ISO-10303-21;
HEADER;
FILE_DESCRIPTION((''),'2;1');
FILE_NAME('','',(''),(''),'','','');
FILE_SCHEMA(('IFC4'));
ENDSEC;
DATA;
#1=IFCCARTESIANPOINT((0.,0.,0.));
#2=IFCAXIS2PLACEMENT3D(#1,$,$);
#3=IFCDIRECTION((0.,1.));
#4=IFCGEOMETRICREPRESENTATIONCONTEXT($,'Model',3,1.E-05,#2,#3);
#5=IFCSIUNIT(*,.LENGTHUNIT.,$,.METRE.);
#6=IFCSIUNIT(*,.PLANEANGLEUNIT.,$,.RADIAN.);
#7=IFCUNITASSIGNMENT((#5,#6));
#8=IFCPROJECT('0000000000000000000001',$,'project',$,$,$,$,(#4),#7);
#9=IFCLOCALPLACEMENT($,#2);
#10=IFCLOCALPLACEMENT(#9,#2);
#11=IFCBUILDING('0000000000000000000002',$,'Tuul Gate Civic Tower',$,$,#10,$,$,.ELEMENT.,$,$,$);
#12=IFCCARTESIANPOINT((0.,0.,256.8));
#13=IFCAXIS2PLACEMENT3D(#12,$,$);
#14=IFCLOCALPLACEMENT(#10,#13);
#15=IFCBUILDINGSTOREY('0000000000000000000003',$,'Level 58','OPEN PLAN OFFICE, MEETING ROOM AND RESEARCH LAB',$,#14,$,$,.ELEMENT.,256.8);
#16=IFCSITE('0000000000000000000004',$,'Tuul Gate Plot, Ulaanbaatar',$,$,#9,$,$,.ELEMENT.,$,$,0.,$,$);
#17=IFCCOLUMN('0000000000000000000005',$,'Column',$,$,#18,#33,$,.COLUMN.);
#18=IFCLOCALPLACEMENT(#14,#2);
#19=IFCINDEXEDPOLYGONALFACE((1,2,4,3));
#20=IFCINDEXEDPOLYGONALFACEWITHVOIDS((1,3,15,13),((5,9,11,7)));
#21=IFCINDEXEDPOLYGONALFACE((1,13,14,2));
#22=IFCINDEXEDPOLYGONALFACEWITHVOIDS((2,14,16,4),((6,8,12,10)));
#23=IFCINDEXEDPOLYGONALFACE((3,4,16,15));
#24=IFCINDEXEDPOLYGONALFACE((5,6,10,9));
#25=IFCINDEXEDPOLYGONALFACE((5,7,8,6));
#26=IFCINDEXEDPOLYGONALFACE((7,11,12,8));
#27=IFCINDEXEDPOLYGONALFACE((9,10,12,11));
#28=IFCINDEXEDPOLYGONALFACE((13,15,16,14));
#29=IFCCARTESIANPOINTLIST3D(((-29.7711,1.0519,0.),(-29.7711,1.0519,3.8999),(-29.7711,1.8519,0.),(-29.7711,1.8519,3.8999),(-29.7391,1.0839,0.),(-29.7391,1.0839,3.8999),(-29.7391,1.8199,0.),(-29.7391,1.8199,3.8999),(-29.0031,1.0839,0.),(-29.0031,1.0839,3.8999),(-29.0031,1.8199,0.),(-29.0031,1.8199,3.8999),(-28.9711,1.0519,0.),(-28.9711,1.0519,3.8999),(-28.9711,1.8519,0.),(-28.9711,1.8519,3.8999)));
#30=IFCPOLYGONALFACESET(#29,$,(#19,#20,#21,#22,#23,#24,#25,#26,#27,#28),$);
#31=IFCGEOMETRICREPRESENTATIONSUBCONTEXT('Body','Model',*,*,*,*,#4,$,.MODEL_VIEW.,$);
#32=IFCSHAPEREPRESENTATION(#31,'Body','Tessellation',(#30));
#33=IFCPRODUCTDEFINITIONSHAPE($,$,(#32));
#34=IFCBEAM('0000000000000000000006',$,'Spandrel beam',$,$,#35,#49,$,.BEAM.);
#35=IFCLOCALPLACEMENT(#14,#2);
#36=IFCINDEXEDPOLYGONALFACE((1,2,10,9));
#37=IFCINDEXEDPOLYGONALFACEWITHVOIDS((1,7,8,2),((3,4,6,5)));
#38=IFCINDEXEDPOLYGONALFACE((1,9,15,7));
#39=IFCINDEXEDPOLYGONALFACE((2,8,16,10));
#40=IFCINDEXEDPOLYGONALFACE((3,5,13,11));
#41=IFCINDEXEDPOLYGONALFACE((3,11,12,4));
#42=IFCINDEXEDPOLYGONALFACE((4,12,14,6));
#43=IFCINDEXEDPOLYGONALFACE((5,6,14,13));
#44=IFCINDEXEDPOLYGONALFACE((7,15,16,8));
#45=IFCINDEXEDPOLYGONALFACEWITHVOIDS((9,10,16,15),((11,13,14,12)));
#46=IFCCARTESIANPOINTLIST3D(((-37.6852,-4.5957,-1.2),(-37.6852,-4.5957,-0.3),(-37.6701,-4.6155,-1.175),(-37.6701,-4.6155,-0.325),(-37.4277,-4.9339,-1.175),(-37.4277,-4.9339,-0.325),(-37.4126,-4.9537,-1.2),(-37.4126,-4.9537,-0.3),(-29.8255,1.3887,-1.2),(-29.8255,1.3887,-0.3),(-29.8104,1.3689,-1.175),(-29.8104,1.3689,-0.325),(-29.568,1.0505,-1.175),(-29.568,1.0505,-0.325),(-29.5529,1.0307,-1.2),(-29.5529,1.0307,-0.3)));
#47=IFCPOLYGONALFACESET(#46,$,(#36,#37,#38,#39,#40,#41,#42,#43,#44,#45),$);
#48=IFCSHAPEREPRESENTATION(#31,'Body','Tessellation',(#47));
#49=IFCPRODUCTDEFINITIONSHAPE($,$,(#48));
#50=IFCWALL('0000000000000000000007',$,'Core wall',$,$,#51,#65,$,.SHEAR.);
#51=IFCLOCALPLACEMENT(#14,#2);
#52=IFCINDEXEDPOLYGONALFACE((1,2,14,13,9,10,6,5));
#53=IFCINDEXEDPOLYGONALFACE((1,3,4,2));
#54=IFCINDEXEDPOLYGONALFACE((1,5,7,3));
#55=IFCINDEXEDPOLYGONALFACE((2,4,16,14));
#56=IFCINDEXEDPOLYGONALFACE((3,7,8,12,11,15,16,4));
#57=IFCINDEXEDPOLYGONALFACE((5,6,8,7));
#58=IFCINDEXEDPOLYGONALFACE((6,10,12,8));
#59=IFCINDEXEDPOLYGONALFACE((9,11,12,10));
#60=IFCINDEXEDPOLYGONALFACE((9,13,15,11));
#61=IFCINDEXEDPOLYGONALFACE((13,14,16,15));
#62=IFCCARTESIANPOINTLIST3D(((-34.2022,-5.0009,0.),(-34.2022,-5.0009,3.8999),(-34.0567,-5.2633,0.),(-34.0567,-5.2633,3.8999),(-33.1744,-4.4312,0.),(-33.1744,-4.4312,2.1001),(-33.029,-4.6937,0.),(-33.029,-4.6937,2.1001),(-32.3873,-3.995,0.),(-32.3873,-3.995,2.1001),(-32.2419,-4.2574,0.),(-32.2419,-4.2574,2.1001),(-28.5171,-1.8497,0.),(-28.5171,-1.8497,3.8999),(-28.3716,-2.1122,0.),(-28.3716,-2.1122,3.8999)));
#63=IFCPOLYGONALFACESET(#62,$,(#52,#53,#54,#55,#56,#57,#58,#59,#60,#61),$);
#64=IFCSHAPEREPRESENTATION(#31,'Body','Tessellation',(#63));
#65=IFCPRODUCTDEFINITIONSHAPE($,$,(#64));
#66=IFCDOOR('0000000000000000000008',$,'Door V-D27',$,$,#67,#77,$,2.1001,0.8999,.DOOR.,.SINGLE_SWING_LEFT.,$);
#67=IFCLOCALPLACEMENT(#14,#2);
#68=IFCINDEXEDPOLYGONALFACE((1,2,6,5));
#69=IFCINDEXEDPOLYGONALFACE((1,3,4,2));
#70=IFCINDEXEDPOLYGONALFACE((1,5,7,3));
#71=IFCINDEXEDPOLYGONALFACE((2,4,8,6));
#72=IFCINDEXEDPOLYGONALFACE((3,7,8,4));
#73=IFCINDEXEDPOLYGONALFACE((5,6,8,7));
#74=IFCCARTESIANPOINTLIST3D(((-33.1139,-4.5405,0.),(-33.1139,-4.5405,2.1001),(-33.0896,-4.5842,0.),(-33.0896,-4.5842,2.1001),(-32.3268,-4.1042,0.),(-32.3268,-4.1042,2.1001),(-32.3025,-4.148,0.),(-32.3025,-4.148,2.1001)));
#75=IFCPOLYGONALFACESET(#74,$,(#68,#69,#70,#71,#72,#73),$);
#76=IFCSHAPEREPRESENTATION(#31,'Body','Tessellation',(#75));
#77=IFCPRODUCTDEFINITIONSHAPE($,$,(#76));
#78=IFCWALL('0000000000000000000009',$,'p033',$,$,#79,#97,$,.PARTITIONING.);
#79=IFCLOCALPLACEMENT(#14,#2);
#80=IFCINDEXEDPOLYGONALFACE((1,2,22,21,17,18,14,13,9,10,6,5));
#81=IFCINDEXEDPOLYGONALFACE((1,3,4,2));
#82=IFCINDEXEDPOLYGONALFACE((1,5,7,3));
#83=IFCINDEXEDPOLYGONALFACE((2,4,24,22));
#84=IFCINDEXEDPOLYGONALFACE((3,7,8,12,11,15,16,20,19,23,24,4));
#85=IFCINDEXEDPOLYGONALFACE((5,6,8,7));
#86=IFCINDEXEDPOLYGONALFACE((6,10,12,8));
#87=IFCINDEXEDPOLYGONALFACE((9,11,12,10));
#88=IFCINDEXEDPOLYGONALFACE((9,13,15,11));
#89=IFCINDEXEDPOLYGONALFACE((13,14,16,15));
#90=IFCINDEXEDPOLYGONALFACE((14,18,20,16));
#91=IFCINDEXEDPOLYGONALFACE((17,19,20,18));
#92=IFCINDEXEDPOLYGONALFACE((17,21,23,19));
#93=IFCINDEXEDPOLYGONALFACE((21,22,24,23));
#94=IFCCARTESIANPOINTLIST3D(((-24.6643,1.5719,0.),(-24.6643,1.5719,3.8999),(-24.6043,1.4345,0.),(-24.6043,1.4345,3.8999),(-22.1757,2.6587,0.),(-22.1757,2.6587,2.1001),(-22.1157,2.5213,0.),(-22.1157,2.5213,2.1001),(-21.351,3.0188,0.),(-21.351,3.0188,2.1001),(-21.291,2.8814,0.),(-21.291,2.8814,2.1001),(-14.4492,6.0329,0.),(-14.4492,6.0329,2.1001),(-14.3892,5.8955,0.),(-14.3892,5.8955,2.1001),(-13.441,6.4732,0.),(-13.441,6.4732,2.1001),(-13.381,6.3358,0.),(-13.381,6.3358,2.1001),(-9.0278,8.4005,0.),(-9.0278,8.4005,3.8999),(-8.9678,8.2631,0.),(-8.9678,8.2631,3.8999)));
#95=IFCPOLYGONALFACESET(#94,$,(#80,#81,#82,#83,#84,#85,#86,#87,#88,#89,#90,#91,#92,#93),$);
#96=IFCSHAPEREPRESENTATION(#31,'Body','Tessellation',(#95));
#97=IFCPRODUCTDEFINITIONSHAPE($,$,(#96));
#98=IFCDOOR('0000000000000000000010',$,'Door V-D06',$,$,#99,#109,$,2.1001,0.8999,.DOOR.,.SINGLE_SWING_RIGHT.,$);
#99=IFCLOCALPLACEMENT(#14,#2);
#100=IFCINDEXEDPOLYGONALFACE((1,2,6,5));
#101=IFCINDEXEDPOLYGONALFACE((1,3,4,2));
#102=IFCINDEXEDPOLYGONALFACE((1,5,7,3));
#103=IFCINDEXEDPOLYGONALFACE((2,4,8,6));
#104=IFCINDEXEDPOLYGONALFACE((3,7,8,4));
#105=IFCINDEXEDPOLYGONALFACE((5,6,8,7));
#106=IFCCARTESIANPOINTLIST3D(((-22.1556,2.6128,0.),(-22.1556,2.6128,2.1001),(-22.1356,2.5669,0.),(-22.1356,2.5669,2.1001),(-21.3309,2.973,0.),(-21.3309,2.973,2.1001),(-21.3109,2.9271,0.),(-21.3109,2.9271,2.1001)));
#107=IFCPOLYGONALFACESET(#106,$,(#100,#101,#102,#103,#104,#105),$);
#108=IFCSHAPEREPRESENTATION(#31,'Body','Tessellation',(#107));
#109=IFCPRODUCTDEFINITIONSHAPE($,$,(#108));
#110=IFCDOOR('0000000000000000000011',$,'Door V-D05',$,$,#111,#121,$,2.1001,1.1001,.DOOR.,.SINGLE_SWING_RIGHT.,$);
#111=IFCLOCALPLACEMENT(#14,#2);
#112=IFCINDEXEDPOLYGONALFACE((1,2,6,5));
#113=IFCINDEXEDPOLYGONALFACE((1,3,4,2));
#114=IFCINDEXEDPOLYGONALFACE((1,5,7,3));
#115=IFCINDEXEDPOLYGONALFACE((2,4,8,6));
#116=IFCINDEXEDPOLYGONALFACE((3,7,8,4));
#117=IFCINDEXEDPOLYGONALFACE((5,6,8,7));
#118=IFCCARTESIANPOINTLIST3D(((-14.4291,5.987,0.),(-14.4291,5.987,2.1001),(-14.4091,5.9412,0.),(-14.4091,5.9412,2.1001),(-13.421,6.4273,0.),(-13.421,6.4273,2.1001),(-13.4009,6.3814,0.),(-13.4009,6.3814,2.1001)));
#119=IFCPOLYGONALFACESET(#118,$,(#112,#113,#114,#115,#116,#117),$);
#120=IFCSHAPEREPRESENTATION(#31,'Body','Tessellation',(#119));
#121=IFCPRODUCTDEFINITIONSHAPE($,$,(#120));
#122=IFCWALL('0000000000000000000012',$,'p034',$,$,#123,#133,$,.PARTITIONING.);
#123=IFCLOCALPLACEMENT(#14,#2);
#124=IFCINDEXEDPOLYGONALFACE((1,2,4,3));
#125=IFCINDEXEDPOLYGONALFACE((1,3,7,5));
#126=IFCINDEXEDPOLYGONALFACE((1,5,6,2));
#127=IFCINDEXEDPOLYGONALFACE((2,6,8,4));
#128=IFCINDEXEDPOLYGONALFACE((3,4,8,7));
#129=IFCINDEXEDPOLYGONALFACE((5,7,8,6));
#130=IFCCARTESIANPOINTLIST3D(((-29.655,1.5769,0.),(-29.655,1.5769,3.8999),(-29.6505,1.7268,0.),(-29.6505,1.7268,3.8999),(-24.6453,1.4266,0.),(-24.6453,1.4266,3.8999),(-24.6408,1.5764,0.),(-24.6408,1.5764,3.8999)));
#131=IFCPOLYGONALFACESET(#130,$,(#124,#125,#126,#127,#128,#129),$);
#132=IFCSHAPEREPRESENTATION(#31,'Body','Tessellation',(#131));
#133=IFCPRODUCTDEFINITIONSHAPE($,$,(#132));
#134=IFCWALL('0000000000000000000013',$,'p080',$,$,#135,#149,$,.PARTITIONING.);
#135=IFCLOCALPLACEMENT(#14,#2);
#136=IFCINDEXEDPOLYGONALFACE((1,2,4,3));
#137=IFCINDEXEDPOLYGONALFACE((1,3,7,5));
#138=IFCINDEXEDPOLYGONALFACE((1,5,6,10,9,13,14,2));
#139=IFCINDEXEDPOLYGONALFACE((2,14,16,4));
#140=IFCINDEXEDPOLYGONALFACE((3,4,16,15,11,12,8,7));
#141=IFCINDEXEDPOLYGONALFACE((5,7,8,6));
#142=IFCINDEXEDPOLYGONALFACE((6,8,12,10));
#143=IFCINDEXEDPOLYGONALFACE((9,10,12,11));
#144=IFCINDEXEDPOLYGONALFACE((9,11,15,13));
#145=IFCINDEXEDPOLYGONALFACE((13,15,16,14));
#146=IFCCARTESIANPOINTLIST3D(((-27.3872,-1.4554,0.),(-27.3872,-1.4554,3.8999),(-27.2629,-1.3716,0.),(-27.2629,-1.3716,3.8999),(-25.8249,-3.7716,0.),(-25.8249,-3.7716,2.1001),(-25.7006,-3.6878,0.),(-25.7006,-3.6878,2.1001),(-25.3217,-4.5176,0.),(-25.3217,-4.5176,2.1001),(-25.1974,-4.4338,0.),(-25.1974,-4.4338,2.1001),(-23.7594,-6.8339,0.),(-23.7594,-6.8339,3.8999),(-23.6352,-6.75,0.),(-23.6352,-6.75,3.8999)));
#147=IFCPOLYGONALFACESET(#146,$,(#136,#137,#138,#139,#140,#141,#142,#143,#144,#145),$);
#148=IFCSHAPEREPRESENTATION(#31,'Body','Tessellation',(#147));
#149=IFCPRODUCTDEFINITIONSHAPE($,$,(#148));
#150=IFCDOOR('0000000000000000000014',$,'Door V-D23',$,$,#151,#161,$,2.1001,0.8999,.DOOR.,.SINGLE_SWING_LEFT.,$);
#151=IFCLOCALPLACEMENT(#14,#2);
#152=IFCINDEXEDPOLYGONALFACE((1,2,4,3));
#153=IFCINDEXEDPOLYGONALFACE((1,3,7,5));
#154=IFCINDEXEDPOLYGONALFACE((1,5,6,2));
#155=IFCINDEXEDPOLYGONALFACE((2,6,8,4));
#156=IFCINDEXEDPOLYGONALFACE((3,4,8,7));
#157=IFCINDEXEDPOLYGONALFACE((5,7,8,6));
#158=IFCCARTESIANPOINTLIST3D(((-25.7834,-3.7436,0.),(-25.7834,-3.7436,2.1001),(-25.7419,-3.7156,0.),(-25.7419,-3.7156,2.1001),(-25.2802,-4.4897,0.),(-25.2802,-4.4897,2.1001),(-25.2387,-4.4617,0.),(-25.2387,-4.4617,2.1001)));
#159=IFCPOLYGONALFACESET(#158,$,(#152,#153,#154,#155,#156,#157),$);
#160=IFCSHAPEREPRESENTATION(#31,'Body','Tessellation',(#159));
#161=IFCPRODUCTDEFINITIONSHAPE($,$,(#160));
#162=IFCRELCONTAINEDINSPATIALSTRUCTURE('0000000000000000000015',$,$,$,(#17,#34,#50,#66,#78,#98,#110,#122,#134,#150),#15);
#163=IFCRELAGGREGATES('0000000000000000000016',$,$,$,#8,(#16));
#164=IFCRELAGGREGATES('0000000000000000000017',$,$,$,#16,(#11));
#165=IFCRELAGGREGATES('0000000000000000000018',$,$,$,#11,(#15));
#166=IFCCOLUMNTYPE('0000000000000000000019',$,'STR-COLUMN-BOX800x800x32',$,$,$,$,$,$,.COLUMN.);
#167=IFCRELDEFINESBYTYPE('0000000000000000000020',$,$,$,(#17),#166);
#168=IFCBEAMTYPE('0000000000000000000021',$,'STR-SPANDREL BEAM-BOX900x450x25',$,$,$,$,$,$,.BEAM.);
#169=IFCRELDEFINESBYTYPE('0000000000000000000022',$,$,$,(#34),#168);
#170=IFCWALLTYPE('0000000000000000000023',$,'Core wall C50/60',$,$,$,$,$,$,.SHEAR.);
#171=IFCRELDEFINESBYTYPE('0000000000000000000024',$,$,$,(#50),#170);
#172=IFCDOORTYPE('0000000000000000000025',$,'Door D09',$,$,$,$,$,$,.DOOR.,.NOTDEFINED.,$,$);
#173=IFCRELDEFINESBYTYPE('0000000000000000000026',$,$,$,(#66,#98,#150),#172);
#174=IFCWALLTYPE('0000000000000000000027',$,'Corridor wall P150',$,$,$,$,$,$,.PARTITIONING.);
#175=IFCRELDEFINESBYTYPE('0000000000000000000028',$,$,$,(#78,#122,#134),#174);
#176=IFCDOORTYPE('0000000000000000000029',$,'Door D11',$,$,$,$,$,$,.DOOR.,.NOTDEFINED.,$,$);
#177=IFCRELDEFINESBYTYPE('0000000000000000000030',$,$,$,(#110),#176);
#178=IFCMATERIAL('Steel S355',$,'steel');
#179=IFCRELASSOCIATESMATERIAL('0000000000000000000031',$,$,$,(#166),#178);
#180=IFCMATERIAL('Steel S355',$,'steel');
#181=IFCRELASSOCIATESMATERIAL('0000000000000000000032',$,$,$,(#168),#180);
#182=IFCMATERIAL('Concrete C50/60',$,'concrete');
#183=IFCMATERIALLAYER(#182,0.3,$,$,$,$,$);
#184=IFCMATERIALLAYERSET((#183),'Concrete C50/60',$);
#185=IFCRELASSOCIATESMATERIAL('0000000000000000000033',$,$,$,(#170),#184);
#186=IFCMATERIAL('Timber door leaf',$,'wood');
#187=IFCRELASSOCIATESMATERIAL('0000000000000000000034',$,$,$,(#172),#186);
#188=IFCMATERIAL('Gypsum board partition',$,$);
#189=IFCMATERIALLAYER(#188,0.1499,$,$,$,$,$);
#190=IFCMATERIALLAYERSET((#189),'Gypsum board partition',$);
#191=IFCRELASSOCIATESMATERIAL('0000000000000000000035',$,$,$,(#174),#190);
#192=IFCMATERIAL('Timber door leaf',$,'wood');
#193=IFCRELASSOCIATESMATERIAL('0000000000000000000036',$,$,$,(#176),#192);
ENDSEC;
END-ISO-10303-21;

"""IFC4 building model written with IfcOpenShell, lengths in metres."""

from ifc_helpers import new_model, si_unit, direction, frame, frame_2d, origin, origin_2d, place, context, subcontext, project, spatial, rectangle, hollow_rectangle, extrude, material, layer, layer_set, material_profile, profile_set, type_object, element, fill, save


model = new_model("IFC4")

# Units and contexts
model_context = context("Model", 3, precision=1e-05, world=origin(), true_north=direction((0.0, 1.0)))
body_context = subcontext(model_context, "Body", "Model", "MODEL_VIEW")
ifc_project = project(units=[si_unit("LENGTHUNIT", "METRE"), si_unit("PLANEANGLEUNIT", "RADIAN")], contexts=[model_context])

# Site, building, storey
site_placement = place(None, origin())
site = spatial("IfcSite", under=ifc_project, at=site_placement, Name="Tuul Gate Plot, Ulaanbaatar", CompositionType="ELEMENT", RefElevation=0.0)
building_placement = place(site_placement, origin())
building = spatial("IfcBuilding", under=site, at=building_placement, Name="Tuul Gate Civic Tower", CompositionType="ELEMENT")
storey_placement = place(building_placement, frame((0.0, 0.0, 256.8)))
storey = spatial("IfcBuildingStorey", under=building, at=storey_placement, Name="Level 58", Description="OPEN PLAN OFFICE, MEETING ROOM AND RESEARCH LAB", CompositionType="ELEMENT", Elevation=256.8)

# Column
ifc_material_1 = material(Name="Steel S355", Category="steel")
ifc_material_profile_1 = material_profile(ifc_material_1, hollow_rectangle(XDim=0.8, YDim=0.8, WallThickness=0.032, at=origin_2d()), Name="BOX800x800x32")
ifc_profile_set_1 = profile_set([ifc_material_profile_1], Name="Steel S355")
column_type = type_object("IfcColumnType", Name="STR-COLUMN-BOX800x800x32", PredefinedType="COLUMN", material=ifc_profile_set_1)
column_placement = place(storey_placement, frame((-29.3711, 1.4519, 0.0), z_axis=(0.0, 0.0, 1.0), x_axis=(1.0, 0.0, 0.0)))
element("IfcColumn", 1, at=column_placement, inside=storey, type_object=column_type, Name="Column", PredefinedType="COLUMN", context=body_context, shape_type="SweptSolid", body=[
    extrude(hollow_rectangle(XDim=0.8, YDim=0.8, WallThickness=0.032, at=origin_2d()), origin(), (0.0, 0.0, 1.0), 3.8999),
])

# Beam
ifc_material_2 = material(Name="Steel S355", Category="steel")
ifc_material_profile_2 = material_profile(ifc_material_2, hollow_rectangle(XDim=0.45, YDim=0.8999, WallThickness=0.0249, at=origin_2d()), Name="BOX900x450x25")
ifc_profile_set_2 = profile_set([ifc_material_profile_2], Name="Steel S355")
beam_type = type_object("IfcBeamType", Name="STR-SPANDREL BEAM-BOX900x450x25", PredefinedType="BEAM", material=ifc_profile_set_2)
beam_placement = place(storey_placement, frame((-29.6892, 1.2097, -0.75), z_axis=(-0.795622, -0.605793, 0.0), x_axis=(0.605793, -0.795622, 0.0)))
element("IfcBeam", 2, at=beam_placement, inside=storey, type_object=beam_type, Name="Spandrel beam", PredefinedType="BEAM", context=body_context, shape_type="SweptSolid", body=[
    extrude(hollow_rectangle(XDim=0.45, YDim=0.8999, WallThickness=0.0249, at=origin_2d()), origin(), (0.0, 0.0, 1.0), 9.8787),
])

# Wall, opening, door
ifc_material_3 = material(Name="Concrete C50/60", Category="concrete")
ifc_layer_1 = layer(ifc_material_3, 0.3)
ifc_layer_set_1 = layer_set([ifc_layer_1], Name="Concrete C50/60")
wall_type_1 = type_object("IfcWallType", Name="Core wall C50/60", PredefinedType="SHEAR", material=ifc_layer_set_1)
wall_1_placement = place(storey_placement, frame((-28.4443, -1.981, 0.0), z_axis=(0.0, 0.0, 1.0), x_axis=(-0.87463, -0.484791, 0.0)))
wall_1 = element("IfcWall", 3, at=wall_1_placement, inside=storey, type_object=wall_type_1, Name="Core wall", PredefinedType="SHEAR", context=body_context, shape_type="SweptSolid", body=[
    extrude(rectangle(XDim=6.5, YDim=0.3, at=frame_2d((3.25, 0.0))), origin(), (0.0, 0.0, 1.0), 3.8999),
])
opening_1_placement = place(wall_1_placement, frame((4.425, 0.0, 0.0)))
opening_1 = element("IfcOpeningElement", 4, at=opening_1_placement, cuts=wall_1, PredefinedType="OPENING", context=body_context, shape_type="SweptSolid", body=[
    extrude(rectangle(XDim=0.8999, YDim=2.1001, at=frame_2d((0.45, 1.05))), frame((0.0, 0.1602, 0.0), z_axis=(0.0, -1.0, 0.0), x_axis=(1.0, 0.0, 0.0)), (0.0, 0.0, 1.0), 0.3201),
])
ifc_material_4 = material(Name="Timber door leaf", Category="wood")
door_type_1 = type_object("IfcDoorType", Name="Door D09", OperationType="NOTDEFINED", PredefinedType="DOOR", material=ifc_material_4)
door_1_placement = place(opening_1_placement, origin())
door_1 = element("IfcDoor", 5, at=door_1_placement, inside=storey, type_object=door_type_1, Name="Door V-D27", OperationType="SINGLE_SWING_LEFT", OverallHeight=2.1001, OverallWidth=0.8999, PredefinedType="DOOR", context=body_context, shape_type="SweptSolid", body=[
    extrude(rectangle(XDim=0.8999, YDim=2.1001, at=frame_2d((0.45, 1.05))), frame((0.0, 0.0249, 0.0), z_axis=(0.0, -1.0, 0.0), x_axis=(1.0, 0.0, 0.0)), (0.0, 0.0, 1.0), 0.05),
])
fill(opening_1, door_1)

# Wall, openings, doors
ifc_material_5 = material(Name="Gypsum board partition")
ifc_layer_2 = layer(ifc_material_5, 0.1499)
ifc_layer_set_2 = layer_set([ifc_layer_2], Name="Gypsum board partition")
wall_type_2 = type_object("IfcWallType", Name="Corridor wall P150", PredefinedType="PARTITIONING", material=ifc_layer_set_2)
wall_2_placement = place(storey_placement, frame((-24.6343, 1.5032, 0.0), z_axis=(0.0, 0.0, 1.0), x_axis=(0.916423, 0.400211, 0.0)))
wall_2 = element("IfcWall", 6, at=wall_2_placement, inside=storey, type_object=wall_type_2, Name="p033", PredefinedType="PARTITIONING", context=body_context, shape_type="SweptSolid", body=[
    extrude(rectangle(XDim=17.0625, YDim=0.1499, at=frame_2d((8.5312, 0.0))), origin(), (0.0, 0.0, 1.0), 3.8999),
])
opening_2_placement = place(wall_2_placement, frame((11.1467, 0.0, 0.0)))
opening_2 = element("IfcOpeningElement", 7, at=opening_2_placement, cuts=wall_2, PredefinedType="OPENING", context=body_context, shape_type="SweptSolid", body=[
    extrude(rectangle(XDim=1.1001, YDim=2.1001, at=frame_2d((0.55, 1.05))), frame((0.0, 0.085, 0.0), z_axis=(0.0, -1.0, 0.0), x_axis=(1.0, 0.0, 0.0)), (0.0, 0.0, 1.0), 0.1699),
])
opening_3_placement = place(wall_2_placement, frame((2.7156, 0.0, 0.0)))
opening_3 = element("IfcOpeningElement", 8, at=opening_3_placement, cuts=wall_2, PredefinedType="OPENING", context=body_context, shape_type="SweptSolid", body=[
    extrude(rectangle(XDim=0.8999, YDim=2.1001, at=frame_2d((0.45, 1.05))), frame((0.0, 0.085, 0.0), z_axis=(0.0, -1.0, 0.0), x_axis=(1.0, 0.0, 0.0)), (0.0, 0.0, 1.0), 0.1699),
])
door_2_placement = place(opening_3_placement, origin())
door_2 = element("IfcDoor", 9, at=door_2_placement, inside=storey, type_object=door_type_1, Name="Door V-D06", OperationType="SINGLE_SWING_RIGHT", OverallHeight=2.1001, OverallWidth=0.8999, PredefinedType="DOOR", context=body_context, shape_type="SweptSolid", body=[
    extrude(rectangle(XDim=0.8999, YDim=2.1001, at=frame_2d((0.45, 1.05))), frame((0.0, 0.0249, 0.0), z_axis=(0.0, -1.0, 0.0), x_axis=(1.0, 0.0, 0.0)), (0.0, 0.0, 1.0), 0.05),
])
fill(opening_3, door_2)
ifc_material_6 = material(Name="Timber door leaf", Category="wood")
door_type_2 = type_object("IfcDoorType", Name="Door D11", OperationType="NOTDEFINED", PredefinedType="DOOR", material=ifc_material_6)
door_3_placement = place(opening_2_placement, origin())
door_3 = element("IfcDoor", 10, at=door_3_placement, inside=storey, type_object=door_type_2, Name="Door V-D05", OperationType="SINGLE_SWING_RIGHT", OverallHeight=2.1001, OverallWidth=1.1001, PredefinedType="DOOR", context=body_context, shape_type="SweptSolid", body=[
    extrude(rectangle(XDim=1.1001, YDim=2.1001, at=frame_2d((0.55, 1.05))), frame((0.0, 0.0249, 0.0), z_axis=(0.0, -1.0, 0.0), x_axis=(1.0, 0.0, 0.0)), (0.0, 0.0, 1.0), 0.05),
])
fill(opening_2, door_3)

# Wall
wall_3_placement = place(storey_placement, frame((-29.6526, 1.6519, 0.0), z_axis=(0.0, 0.0, 1.0), x_axis=(0.99955, -0.030006, 0.0)))
element("IfcWall", 11, at=wall_3_placement, inside=storey, type_object=wall_type_2, Name="p034", PredefinedType="PARTITIONING", context=body_context, shape_type="SweptSolid", body=[
    extrude(rectangle(XDim=5.012, YDim=0.1499, at=frame_2d((2.5059, 0.0))), origin(), (0.0, 0.0, 1.0), 3.8999),
])

# Wall, opening, door
wall_4_placement = place(storey_placement, frame((-27.325, -1.4136, 0.0), z_axis=(0.0, 0.0, 1.0), x_axis=(0.559182, -0.829045, 0.0)))
wall_4 = element("IfcWall", 12, at=wall_4_placement, inside=storey, type_object=wall_type_2, Name="p080", PredefinedType="PARTITIONING", context=body_context, shape_type="SweptSolid", body=[
    extrude(rectangle(XDim=6.4875, YDim=0.1499, at=frame_2d((3.2437, 0.0))), origin(), (0.0, 0.0, 1.0), 3.8999),
])
opening_4_placement = place(wall_4_placement, frame((2.7937, 0.0, 0.0)))
opening_4 = element("IfcOpeningElement", 13, at=opening_4_placement, cuts=wall_4, PredefinedType="OPENING", context=body_context, shape_type="SweptSolid", body=[
    extrude(rectangle(XDim=0.8999, YDim=2.1001, at=frame_2d((0.45, 1.05))), frame((0.0, 0.085, 0.0), z_axis=(0.0, -1.0, 0.0), x_axis=(1.0, 0.0, 0.0)), (0.0, 0.0, 1.0), 0.1699),
])
door_4_placement = place(opening_4_placement, frame((0.8999, 0.0, 0.0), z_axis=(0.0, 0.0, 1.0), x_axis=(-1.0, 0.0, 0.0)))
door_4 = element("IfcDoor", 14, at=door_4_placement, inside=storey, type_object=door_type_1, Name="Door V-D23", OperationType="SINGLE_SWING_LEFT", OverallHeight=2.1001, OverallWidth=0.8999, PredefinedType="DOOR", context=body_context, shape_type="SweptSolid", body=[
    extrude(rectangle(XDim=0.8999, YDim=2.1001, at=frame_2d((0.45, 1.05))), frame((0.0, 0.0249, 0.0), z_axis=(0.0, -1.0, 0.0), x_axis=(1.0, 0.0, 0.0)), (0.0, 0.0, 1.0), 0.05),
])
fill(opening_4, door_4)

save(model, "model.ifc")
